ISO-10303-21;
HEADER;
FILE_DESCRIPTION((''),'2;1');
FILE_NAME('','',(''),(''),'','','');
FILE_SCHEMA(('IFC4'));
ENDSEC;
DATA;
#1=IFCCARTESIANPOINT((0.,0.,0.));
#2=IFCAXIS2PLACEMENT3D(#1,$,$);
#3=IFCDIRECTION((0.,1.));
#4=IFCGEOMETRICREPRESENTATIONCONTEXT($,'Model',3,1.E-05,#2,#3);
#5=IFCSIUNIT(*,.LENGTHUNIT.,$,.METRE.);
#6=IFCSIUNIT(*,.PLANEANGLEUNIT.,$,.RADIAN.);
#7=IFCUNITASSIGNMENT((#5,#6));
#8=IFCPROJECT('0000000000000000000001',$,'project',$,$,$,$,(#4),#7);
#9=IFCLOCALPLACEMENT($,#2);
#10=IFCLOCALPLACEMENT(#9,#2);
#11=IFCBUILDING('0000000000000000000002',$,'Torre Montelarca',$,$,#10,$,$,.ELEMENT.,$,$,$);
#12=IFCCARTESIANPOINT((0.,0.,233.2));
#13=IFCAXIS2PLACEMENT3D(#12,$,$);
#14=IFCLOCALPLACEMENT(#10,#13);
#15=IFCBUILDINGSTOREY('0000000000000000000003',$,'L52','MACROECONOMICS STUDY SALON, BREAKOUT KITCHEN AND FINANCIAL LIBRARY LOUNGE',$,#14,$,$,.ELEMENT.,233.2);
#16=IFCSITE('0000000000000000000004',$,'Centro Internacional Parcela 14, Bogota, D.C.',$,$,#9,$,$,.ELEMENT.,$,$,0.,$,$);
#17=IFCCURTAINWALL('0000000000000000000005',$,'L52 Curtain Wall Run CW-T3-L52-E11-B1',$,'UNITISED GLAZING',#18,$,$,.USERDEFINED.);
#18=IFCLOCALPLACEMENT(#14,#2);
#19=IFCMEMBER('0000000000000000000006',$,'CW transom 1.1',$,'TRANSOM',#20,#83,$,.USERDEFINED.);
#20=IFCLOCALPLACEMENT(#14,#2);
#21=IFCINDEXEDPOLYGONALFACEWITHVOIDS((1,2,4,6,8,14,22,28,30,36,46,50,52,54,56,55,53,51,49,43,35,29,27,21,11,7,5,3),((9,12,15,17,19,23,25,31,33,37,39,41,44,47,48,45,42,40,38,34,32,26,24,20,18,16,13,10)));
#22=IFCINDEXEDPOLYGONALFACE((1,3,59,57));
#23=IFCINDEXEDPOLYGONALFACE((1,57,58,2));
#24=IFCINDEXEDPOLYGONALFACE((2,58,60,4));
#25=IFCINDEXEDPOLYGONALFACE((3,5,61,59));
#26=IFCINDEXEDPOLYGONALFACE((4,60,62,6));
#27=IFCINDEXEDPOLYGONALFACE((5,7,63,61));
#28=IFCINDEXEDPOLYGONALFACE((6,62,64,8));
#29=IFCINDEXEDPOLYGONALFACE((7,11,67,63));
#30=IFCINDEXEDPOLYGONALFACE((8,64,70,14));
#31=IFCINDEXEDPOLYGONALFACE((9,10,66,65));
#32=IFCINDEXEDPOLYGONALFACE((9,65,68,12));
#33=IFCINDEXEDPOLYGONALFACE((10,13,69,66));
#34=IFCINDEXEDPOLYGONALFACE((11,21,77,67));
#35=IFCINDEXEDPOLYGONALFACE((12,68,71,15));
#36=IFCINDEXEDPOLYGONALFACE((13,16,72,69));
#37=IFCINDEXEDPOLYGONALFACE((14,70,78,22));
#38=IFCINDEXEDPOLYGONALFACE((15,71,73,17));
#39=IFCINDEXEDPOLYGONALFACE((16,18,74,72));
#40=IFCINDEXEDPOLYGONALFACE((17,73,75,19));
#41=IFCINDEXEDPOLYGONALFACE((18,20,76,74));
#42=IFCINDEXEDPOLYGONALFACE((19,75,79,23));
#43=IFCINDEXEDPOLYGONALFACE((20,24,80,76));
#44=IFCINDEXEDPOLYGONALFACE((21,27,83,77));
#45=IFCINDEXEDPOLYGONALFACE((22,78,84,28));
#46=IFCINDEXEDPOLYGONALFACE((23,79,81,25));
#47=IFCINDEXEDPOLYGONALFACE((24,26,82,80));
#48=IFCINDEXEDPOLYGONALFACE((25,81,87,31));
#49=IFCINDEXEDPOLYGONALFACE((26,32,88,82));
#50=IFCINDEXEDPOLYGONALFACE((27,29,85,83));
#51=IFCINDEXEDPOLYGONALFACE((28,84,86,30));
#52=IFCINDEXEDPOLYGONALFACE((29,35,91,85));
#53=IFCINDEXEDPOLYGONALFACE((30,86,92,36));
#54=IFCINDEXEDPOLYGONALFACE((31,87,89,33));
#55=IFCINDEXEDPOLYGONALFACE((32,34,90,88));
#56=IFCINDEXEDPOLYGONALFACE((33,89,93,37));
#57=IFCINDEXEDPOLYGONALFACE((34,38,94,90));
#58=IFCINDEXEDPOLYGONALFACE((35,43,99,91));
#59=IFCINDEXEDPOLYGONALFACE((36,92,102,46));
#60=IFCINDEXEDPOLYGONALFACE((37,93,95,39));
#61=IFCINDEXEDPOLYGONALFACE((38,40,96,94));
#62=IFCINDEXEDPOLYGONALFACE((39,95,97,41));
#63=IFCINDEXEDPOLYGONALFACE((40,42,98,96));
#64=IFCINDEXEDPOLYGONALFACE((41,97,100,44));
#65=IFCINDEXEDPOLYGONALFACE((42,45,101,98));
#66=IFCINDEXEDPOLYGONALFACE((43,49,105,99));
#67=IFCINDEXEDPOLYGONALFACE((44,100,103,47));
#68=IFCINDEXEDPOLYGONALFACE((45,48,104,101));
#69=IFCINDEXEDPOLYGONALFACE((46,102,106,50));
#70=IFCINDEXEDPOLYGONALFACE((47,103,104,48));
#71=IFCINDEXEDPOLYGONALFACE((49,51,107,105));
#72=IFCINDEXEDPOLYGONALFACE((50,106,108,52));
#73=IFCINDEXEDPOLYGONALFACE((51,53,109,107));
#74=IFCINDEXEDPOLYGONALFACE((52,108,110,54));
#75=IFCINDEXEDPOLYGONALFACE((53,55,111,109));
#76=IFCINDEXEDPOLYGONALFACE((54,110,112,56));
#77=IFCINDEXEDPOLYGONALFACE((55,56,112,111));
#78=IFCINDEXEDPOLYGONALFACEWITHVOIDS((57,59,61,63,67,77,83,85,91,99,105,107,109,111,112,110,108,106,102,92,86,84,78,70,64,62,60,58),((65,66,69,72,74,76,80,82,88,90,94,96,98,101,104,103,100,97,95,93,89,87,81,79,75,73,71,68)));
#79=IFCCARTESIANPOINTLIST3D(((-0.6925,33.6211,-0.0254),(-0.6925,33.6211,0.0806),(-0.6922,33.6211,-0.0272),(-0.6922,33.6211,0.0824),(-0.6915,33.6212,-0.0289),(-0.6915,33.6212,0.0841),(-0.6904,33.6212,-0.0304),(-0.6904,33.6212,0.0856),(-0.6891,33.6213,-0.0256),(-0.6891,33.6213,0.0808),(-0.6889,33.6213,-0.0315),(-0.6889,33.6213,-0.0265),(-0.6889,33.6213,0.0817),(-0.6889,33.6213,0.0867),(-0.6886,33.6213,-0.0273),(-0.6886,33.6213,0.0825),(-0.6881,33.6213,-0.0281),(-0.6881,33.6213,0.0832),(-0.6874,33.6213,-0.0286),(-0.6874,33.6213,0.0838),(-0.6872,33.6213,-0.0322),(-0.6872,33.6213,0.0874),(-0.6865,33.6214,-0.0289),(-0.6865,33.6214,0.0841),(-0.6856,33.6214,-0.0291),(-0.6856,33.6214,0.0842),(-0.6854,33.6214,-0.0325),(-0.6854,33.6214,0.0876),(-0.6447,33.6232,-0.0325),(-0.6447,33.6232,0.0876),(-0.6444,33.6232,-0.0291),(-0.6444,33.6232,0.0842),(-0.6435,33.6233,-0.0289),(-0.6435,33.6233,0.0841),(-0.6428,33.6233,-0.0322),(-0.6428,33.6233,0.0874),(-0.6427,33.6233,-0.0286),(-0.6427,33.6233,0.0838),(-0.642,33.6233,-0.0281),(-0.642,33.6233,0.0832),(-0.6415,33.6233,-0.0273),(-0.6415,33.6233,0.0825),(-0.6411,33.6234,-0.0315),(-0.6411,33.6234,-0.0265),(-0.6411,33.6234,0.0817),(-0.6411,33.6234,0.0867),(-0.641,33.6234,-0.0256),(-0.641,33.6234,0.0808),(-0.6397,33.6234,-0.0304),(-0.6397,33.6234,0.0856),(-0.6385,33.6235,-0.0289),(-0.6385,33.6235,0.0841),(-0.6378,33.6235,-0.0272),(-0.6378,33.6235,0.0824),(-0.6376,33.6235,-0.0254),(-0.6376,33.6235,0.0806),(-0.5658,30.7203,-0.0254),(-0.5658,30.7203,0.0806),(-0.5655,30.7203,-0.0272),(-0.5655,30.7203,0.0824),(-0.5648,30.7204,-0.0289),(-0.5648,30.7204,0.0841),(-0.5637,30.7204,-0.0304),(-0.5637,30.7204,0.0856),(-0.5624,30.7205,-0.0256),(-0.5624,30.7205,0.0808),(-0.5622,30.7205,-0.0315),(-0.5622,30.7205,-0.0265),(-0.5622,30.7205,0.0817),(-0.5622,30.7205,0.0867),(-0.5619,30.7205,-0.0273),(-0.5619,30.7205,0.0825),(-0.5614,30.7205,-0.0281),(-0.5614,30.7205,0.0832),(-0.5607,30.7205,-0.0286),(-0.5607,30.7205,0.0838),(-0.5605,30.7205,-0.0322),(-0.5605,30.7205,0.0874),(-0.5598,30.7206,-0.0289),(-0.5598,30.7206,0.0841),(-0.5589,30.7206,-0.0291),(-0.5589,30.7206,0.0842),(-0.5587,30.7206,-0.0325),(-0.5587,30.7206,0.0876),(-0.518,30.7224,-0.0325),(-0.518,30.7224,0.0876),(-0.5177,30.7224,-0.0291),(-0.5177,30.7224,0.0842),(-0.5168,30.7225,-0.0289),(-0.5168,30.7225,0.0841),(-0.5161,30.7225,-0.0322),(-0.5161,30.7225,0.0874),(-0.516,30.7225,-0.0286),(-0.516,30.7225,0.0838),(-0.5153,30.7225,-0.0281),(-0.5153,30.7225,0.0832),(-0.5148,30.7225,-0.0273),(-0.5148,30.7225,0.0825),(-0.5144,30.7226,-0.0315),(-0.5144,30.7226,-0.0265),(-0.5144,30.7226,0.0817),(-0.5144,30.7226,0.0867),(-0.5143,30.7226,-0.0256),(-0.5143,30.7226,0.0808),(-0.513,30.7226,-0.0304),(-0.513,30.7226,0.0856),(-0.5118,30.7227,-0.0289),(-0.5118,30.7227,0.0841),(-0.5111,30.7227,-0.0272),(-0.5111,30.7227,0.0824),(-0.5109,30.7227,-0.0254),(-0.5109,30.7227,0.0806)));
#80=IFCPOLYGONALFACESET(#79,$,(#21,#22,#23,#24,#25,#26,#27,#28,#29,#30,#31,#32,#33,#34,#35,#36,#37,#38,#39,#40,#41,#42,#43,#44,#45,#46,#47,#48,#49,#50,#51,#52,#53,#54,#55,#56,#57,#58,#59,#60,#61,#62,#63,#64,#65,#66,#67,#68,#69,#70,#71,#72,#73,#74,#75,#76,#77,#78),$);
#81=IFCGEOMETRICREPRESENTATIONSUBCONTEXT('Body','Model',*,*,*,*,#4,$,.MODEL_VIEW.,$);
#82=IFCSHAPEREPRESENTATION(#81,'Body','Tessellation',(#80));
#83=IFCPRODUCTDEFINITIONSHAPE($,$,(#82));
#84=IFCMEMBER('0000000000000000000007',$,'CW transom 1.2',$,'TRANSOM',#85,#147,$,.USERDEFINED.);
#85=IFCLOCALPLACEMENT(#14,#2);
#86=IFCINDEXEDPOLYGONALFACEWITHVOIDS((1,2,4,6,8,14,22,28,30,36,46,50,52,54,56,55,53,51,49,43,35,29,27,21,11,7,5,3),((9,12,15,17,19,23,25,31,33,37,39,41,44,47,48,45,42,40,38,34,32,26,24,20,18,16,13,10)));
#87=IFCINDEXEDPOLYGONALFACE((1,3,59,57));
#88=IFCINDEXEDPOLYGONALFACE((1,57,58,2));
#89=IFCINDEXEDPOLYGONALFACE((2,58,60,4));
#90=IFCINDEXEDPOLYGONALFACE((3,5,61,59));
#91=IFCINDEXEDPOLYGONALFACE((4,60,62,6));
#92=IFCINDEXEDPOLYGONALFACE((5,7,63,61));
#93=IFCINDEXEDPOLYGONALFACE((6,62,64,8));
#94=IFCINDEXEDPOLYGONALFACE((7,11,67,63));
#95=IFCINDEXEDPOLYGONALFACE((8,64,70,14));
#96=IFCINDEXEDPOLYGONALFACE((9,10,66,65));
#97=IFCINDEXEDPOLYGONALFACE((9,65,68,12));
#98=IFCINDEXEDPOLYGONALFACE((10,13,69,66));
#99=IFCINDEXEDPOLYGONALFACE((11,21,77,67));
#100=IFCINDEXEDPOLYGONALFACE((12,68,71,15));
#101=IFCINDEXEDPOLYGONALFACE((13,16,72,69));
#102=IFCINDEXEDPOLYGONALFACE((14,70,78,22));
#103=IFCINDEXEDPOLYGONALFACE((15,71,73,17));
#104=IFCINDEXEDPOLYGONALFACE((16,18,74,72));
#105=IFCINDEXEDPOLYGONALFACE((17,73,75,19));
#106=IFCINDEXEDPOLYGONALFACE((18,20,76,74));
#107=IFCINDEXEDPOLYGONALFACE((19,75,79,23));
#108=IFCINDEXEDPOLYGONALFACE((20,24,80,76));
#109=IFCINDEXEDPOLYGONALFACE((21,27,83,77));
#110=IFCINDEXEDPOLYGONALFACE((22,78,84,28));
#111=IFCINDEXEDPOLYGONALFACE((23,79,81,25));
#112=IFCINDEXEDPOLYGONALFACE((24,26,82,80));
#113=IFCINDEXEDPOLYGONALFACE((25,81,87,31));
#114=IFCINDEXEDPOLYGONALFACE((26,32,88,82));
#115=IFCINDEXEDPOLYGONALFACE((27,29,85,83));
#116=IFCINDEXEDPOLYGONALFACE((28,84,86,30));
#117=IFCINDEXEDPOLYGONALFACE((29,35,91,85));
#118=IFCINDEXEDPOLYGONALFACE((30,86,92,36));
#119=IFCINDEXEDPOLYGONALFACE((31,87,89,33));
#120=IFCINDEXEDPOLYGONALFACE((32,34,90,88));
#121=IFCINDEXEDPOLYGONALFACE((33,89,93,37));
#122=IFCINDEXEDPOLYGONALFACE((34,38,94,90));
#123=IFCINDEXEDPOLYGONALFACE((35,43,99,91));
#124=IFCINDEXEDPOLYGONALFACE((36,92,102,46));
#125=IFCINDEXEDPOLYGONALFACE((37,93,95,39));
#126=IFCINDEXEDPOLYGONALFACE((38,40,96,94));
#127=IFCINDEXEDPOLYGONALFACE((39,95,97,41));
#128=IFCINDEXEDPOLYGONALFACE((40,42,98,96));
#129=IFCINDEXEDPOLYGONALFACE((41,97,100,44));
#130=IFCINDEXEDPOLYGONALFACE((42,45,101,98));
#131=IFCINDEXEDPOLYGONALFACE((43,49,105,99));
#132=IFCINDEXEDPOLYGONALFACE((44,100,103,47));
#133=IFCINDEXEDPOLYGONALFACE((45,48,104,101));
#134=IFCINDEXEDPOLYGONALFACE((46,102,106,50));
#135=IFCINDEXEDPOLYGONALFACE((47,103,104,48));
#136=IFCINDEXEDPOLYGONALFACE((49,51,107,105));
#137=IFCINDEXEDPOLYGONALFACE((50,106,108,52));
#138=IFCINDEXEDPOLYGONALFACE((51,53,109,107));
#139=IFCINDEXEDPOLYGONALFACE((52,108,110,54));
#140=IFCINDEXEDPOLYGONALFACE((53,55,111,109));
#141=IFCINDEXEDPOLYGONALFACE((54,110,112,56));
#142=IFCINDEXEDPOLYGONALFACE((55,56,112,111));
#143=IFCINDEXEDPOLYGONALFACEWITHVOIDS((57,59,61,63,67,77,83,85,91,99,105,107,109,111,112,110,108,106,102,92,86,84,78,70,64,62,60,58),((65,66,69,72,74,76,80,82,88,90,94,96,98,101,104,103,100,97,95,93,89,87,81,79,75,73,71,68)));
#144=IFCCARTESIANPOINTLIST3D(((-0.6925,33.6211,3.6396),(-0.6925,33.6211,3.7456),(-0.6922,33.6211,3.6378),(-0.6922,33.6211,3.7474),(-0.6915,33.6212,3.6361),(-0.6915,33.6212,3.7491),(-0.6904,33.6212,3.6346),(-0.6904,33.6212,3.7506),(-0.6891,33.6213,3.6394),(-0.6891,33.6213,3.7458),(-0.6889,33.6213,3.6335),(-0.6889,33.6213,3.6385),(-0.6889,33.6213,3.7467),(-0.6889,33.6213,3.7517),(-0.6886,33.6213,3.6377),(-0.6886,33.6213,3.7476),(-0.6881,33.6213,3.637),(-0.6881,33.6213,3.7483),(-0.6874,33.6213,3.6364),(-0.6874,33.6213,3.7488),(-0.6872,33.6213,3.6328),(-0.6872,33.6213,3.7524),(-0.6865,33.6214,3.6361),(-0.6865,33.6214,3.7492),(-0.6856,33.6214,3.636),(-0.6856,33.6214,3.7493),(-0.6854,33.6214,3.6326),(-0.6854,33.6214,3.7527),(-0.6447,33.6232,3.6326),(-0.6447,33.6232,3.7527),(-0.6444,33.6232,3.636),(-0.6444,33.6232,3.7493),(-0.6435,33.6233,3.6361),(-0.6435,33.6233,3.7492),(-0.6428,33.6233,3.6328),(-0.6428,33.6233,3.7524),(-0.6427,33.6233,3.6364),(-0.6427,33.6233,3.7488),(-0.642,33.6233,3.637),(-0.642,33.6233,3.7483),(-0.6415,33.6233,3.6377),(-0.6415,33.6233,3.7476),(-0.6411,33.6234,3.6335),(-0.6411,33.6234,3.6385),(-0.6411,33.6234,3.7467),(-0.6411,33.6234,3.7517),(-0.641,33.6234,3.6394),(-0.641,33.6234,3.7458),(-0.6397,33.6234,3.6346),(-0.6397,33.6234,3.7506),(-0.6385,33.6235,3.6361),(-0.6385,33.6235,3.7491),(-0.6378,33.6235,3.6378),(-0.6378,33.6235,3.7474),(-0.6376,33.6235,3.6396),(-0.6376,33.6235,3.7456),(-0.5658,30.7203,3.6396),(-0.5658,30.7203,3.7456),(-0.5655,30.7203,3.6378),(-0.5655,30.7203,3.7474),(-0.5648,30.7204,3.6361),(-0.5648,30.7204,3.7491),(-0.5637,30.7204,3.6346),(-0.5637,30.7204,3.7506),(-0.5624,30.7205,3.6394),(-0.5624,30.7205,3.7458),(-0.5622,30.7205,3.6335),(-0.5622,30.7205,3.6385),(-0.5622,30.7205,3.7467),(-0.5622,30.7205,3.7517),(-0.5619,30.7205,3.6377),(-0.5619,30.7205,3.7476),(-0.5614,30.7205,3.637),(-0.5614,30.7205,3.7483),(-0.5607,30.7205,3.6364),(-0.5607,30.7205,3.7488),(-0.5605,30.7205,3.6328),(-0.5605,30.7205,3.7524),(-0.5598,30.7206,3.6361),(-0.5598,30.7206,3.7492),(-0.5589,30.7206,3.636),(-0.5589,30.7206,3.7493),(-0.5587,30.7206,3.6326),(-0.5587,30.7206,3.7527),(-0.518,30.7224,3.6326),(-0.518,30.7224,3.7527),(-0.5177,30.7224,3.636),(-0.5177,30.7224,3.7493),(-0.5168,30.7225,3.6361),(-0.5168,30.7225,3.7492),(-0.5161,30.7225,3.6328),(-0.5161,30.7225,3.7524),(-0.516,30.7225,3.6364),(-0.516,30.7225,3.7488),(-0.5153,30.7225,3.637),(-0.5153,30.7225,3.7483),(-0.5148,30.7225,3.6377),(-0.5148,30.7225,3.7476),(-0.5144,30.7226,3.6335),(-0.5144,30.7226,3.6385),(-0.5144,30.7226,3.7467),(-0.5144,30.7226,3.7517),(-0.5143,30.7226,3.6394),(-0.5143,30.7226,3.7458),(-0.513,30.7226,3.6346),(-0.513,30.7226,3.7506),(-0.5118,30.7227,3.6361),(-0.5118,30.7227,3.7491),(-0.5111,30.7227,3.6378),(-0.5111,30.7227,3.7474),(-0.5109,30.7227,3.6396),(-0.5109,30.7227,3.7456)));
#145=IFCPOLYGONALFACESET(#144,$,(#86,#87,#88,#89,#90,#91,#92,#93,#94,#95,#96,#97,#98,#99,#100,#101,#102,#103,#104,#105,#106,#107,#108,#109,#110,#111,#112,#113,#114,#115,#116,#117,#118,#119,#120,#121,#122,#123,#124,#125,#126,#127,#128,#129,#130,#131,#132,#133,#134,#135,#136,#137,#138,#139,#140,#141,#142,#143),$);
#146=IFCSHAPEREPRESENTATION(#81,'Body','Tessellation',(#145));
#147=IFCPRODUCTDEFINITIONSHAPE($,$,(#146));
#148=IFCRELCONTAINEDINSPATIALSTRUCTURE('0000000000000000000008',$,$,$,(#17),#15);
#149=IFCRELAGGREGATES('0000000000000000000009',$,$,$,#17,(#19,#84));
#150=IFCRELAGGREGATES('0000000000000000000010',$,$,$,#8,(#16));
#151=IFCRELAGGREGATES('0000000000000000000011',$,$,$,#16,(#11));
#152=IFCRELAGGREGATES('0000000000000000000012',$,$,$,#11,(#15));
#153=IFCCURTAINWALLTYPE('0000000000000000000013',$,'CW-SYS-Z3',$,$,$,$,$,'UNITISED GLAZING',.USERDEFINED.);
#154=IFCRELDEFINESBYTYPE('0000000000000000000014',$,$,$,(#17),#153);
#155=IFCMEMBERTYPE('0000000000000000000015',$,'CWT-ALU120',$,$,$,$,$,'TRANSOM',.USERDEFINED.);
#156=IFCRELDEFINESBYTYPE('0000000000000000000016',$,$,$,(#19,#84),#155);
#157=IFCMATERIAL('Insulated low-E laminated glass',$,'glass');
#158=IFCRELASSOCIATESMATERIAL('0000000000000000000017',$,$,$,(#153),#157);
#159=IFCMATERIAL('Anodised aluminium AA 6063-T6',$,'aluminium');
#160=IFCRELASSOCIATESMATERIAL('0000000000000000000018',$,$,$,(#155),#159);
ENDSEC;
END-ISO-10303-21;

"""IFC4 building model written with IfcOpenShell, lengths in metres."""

from ifc_helpers import new_model, si_unit, direction, frame, origin, origin_2d, place, context, subcontext, project, spatial, hollow_rectangle, extrude, source, transform, mapped, material, material_profile, profile_set, type_object, element, aggregate, save


model = new_model("IFC4")

# Units and contexts
model_context = context("Model", 3, precision=1e-05, world=origin(), true_north=direction((0.0, 1.0)))
body_context = subcontext(model_context, "Body", "Model", "MODEL_VIEW")
ifc_project = project(units=[si_unit("LENGTHUNIT", "METRE"), si_unit("PLANEANGLEUNIT", "RADIAN")], contexts=[model_context])

# Site, building, storey
site_placement = place(None, origin())
site = spatial("IfcSite", under=ifc_project, at=site_placement, Name="Centro Internacional Parcela 14, Bogota, D.C.", CompositionType="ELEMENT", RefElevation=0.0)
building_placement = place(site_placement, origin())
building = spatial("IfcBuilding", under=site, at=building_placement, Name="Torre Montelarca", CompositionType="ELEMENT")
storey_placement = place(building_placement, frame((0.0, 0.0, 233.2)))
storey = spatial("IfcBuildingStorey", under=building, at=storey_placement, Name="L52", Description="MACROECONOMICS STUDY SALON, BREAKOUT KITCHEN AND FINANCIAL LIBRARY LOUNGE", CompositionType="ELEMENT", Elevation=233.2)

# Curtain wall, members
ifc_material_1 = material(Name="Insulated low-E laminated glass", Category="glass")
curtain_wall_type = type_object("IfcCurtainWallType", Name="CW-SYS-Z3", ElementType="UNITISED GLAZING", PredefinedType="USERDEFINED", material=ifc_material_1)
curtain_wall_1_placement = place(storey_placement, origin())
curtain_wall_1 = element("IfcCurtainWall", 1, at=curtain_wall_1_placement, inside=storey, type_object=curtain_wall_type, Name="L52 Curtain Wall Run CW-T3-L52-E11-B1", ObjectType="UNITISED GLAZING", PredefinedType="USERDEFINED")
ifc_material_2 = material(Name="Anodised aluminium AA 6063-T6", Category="aluminium")
ifc_material_profile_1 = material_profile(ifc_material_2, hollow_rectangle(XDim=0.0549, YDim=0.1201, WallThickness=0.0034, InnerFilletRadius=0.0034, OuterFilletRadius=0.0071, at=origin_2d()), Name="ALU55X120X3.5", Category="aluminium")
ifc_profile_set_1 = profile_set([ifc_material_profile_1], Name="Anodised aluminium AA 6063-T6")
member_type_1 = type_object("IfcMemberType", Name="CWT-ALU120", ElementType="TRANSOM", PredefinedType="USERDEFINED", material=ifc_profile_set_1)
shared_shape_1 = source(origin(), body_context, "Body", "SweptSolid", [
    extrude(hollow_rectangle(XDim=0.0549, YDim=0.1201, WallThickness=0.0034, InnerFilletRadius=0.0034, OuterFilletRadius=0.0071, at=origin_2d()), origin(), (0.0, 0.0, 1.0), 2.9036),
])
member_1_placement = place(storey_placement, frame((-0.665, 33.6223, 0.0276), z_axis=(0.043638, -0.999047, 0.0), x_axis=(0.999047, 0.043638, 0.0)))
member_1 = element("IfcMember", 2, at=member_1_placement, type_object=member_type_1, Name="CW transom 1.1", ObjectType="TRANSOM", PredefinedType="USERDEFINED", context=body_context, shape_type="MappedRepresentation", body=[
    mapped(shared_shape_1, transform((0.0, 0.0, 0.0), scale=1.0)),
])
member_2_placement = place(storey_placement, frame((-0.665, 33.6223, 3.6926), z_axis=(0.043638, -0.999047, 0.0), x_axis=(0.999047, 0.043638, 0.0)))
member_2 = element("IfcMember", 3, at=member_2_placement, type_object=member_type_1, Name="CW transom 1.2", ObjectType="TRANSOM", PredefinedType="USERDEFINED", context=body_context, shape_type="MappedRepresentation", body=[
    mapped(shared_shape_1, transform((0.0, 0.0, 0.0), scale=1.0)),
])

aggregate(curtain_wall_1, [member_1, member_2])

save(model, "model.ifc")
